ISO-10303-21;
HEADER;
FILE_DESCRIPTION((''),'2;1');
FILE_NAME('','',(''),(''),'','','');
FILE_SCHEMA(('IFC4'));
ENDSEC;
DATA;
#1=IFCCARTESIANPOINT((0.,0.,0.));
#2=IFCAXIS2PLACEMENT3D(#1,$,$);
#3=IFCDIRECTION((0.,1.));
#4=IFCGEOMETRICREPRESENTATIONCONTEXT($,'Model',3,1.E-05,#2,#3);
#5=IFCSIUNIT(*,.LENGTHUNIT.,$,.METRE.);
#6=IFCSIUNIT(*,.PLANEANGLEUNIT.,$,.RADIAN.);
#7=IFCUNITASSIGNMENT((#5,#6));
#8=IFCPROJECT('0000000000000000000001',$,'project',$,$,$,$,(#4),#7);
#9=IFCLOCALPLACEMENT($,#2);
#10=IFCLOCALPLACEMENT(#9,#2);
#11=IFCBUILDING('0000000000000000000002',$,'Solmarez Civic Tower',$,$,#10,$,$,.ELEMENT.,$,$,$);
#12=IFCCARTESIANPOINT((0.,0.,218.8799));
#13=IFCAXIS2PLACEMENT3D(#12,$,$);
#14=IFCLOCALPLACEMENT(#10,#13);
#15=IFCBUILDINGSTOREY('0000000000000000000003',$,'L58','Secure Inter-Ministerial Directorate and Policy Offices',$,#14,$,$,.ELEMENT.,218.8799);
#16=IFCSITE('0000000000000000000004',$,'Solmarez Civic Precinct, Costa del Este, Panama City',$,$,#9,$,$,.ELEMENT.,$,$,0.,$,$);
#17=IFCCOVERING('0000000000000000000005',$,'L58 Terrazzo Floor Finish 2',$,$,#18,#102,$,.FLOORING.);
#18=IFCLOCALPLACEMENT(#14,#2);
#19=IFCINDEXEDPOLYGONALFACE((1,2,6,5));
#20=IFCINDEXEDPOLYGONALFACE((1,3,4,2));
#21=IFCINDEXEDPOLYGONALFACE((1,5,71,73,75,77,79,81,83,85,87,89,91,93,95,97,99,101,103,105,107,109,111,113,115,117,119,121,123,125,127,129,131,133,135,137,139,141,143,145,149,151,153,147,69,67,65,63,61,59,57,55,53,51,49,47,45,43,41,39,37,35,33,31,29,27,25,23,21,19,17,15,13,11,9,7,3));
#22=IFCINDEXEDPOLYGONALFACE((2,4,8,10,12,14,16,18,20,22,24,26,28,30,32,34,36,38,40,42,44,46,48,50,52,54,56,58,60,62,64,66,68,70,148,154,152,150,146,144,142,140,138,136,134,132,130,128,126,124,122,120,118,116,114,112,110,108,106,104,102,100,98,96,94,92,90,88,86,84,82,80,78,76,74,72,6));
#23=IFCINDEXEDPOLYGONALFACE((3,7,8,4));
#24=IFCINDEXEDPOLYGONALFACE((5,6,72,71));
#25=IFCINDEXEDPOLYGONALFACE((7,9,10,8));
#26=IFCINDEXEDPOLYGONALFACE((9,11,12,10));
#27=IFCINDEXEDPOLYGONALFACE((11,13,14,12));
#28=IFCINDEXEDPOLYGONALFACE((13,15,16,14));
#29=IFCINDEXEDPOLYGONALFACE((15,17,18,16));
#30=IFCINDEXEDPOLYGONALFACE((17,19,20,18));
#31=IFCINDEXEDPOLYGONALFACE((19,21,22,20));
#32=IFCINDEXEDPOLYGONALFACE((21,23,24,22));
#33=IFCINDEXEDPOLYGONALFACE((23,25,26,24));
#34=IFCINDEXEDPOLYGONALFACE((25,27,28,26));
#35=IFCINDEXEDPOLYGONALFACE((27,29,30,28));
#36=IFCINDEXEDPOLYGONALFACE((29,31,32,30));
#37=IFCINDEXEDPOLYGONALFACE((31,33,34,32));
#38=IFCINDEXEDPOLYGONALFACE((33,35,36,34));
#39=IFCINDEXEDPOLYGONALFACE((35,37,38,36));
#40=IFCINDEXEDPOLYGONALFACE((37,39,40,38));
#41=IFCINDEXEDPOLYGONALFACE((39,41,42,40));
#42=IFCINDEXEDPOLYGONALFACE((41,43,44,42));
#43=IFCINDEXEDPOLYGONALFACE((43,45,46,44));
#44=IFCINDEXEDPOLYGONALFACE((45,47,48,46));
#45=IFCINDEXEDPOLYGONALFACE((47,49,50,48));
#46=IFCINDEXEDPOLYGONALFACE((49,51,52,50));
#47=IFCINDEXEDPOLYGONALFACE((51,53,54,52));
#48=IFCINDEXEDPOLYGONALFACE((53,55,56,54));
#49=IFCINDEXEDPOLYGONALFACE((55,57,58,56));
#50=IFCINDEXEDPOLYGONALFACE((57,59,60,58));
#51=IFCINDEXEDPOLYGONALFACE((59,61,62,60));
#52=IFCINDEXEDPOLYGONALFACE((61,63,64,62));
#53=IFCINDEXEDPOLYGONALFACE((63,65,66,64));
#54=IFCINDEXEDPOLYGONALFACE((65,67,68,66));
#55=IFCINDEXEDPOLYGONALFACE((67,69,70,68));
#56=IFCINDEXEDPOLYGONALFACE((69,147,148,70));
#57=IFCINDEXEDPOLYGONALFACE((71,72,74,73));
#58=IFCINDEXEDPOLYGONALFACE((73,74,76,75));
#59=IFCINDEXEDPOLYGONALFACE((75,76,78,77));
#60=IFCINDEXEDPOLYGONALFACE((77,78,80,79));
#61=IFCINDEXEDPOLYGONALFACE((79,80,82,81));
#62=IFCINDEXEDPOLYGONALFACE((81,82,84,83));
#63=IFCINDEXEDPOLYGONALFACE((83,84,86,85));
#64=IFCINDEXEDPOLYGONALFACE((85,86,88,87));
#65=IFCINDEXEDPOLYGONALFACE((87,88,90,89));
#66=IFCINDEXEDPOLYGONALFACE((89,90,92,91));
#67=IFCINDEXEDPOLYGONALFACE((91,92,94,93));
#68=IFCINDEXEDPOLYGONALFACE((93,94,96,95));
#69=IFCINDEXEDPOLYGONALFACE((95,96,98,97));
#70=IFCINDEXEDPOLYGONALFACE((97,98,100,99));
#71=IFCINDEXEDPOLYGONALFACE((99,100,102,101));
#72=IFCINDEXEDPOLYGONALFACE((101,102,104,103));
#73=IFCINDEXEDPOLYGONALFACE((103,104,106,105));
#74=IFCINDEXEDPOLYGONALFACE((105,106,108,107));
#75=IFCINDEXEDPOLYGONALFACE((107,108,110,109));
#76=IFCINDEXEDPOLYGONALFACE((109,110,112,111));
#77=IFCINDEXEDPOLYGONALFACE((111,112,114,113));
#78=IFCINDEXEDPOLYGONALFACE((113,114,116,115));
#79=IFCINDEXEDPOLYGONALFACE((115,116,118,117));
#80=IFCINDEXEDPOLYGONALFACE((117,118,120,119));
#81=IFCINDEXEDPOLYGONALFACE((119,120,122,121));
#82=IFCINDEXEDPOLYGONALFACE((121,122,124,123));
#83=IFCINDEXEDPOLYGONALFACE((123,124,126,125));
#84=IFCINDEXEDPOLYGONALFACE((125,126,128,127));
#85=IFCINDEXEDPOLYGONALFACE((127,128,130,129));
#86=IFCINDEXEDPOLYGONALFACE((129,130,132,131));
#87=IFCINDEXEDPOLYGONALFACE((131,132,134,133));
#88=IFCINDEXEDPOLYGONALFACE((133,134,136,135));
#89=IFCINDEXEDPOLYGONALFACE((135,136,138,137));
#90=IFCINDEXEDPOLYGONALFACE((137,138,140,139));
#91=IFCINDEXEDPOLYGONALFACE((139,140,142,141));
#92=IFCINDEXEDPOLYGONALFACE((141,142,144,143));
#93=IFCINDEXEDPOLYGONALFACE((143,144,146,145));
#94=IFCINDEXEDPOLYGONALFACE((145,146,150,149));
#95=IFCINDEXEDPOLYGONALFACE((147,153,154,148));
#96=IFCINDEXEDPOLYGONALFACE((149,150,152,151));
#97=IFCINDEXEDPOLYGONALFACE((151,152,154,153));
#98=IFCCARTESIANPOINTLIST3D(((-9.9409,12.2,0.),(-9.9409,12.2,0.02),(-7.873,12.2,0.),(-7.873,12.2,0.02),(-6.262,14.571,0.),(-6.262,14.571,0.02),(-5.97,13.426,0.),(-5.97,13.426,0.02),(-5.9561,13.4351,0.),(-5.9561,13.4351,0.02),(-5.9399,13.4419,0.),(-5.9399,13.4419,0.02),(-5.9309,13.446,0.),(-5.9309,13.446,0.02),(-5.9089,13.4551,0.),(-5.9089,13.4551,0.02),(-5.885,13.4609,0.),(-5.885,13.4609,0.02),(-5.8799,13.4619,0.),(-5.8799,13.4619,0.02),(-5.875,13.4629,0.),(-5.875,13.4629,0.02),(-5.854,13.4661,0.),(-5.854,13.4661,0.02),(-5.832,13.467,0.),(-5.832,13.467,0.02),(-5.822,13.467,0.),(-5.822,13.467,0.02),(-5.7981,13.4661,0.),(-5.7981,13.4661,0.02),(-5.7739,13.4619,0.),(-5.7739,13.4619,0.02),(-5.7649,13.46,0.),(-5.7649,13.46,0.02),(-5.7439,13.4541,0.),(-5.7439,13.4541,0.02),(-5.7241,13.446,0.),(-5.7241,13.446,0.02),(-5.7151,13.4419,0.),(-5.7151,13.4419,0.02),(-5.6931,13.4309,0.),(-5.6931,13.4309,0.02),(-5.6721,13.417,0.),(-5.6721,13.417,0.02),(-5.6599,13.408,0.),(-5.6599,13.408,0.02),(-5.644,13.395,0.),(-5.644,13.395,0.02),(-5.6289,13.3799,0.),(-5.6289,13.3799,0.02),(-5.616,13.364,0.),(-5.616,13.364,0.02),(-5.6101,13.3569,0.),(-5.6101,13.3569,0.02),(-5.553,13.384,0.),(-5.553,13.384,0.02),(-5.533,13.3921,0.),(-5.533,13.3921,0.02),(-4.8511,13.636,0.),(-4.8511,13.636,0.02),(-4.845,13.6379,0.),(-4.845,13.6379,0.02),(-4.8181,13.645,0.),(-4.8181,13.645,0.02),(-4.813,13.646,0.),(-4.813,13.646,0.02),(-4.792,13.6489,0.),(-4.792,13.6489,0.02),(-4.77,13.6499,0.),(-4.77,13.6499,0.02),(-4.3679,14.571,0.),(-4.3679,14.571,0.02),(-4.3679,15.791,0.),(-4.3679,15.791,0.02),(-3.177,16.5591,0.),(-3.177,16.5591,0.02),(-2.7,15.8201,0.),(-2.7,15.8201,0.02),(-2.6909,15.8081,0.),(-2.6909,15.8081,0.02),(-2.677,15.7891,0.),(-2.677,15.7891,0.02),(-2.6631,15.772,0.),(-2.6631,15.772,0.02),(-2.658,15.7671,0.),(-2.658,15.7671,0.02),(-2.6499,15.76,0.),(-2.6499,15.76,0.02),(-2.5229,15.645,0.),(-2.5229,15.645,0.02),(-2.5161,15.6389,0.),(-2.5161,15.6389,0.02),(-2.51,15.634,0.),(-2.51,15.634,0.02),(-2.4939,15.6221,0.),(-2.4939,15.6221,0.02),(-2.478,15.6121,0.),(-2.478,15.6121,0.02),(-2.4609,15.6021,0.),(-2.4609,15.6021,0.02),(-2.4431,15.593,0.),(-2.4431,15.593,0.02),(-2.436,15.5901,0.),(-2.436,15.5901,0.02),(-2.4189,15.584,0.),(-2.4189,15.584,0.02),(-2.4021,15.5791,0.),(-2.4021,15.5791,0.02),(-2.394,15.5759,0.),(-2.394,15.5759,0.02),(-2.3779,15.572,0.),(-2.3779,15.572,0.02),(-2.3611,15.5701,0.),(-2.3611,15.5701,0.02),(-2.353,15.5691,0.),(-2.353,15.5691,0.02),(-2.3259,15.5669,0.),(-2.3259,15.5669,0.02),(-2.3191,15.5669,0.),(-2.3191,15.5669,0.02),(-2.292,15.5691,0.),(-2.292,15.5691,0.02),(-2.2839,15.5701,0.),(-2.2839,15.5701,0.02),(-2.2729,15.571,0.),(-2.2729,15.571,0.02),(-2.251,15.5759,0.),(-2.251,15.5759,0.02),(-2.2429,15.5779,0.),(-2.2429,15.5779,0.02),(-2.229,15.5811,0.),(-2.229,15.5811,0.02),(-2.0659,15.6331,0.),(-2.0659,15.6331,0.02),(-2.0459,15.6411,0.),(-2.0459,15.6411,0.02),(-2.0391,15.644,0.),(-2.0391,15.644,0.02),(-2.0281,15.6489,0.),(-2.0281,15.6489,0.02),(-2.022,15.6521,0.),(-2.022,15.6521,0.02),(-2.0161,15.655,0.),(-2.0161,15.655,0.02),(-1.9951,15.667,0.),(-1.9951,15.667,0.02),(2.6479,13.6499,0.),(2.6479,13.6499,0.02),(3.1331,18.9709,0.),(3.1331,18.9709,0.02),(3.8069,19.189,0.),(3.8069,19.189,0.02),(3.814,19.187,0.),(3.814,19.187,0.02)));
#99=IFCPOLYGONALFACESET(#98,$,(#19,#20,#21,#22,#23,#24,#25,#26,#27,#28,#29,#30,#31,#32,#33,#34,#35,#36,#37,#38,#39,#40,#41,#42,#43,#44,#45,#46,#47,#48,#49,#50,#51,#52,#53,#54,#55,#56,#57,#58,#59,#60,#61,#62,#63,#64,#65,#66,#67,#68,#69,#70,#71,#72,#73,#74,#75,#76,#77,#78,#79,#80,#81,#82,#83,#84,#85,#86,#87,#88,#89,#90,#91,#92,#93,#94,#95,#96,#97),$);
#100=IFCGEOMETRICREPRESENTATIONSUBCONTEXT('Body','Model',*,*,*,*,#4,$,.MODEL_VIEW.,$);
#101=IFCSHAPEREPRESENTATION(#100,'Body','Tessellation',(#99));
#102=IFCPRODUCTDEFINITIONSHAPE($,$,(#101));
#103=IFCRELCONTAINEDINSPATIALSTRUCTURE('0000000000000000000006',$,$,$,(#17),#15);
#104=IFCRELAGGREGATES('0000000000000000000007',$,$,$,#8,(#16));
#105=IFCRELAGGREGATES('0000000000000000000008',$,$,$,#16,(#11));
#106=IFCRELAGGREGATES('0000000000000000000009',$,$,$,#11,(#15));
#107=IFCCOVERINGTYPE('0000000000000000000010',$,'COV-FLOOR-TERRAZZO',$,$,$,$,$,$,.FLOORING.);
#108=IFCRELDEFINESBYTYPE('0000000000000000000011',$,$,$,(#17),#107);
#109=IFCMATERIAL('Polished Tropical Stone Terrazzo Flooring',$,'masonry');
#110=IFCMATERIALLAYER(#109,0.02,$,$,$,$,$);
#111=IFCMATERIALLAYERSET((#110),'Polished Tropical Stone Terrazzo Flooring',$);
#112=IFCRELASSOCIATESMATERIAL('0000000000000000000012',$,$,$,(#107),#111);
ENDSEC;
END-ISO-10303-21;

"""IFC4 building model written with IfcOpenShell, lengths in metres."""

from ifc_helpers import new_model, si_unit, direction, frame, origin, place, context, subcontext, project, spatial, polyline, outline, extrude, material, layer, layer_set, type_object, element, save


model = new_model("IFC4")

# Units and contexts
model_context = context("Model", 3, precision=1e-05, world=origin(), true_north=direction((0.0, 1.0)))
body_context = subcontext(model_context, "Body", "Model", "MODEL_VIEW")
ifc_project = project(units=[si_unit("LENGTHUNIT", "METRE"), si_unit("PLANEANGLEUNIT", "RADIAN")], contexts=[model_context])

# Site, building, storey
site_placement = place(None, origin())
site = spatial("IfcSite", under=ifc_project, at=site_placement, Name="Solmarez Civic Precinct, Costa del Este, Panama City", CompositionType="ELEMENT", RefElevation=0.0)
building_placement = place(site_placement, origin())
building = spatial("IfcBuilding", under=site, at=building_placement, Name="Solmarez Civic Tower", CompositionType="ELEMENT")
storey_placement = place(building_placement, frame((0.0, 0.0, 218.8799)))
storey = spatial("IfcBuildingStorey", under=building, at=storey_placement, Name="L58", Description="Secure Inter-Ministerial Directorate and Policy Offices", CompositionType="ELEMENT", Elevation=218.8799)

# Covering
ifc_material_1 = material(Name="Polished Tropical Stone Terrazzo Flooring", Category="masonry")
ifc_layer_1 = layer(ifc_material_1, 0.02)
ifc_layer_set_1 = layer_set([ifc_layer_1], Name="Polished Tropical Stone Terrazzo Flooring")
covering_type_1 = type_object("IfcCoveringType", Name="COV-FLOOR-TERRAZZO", PredefinedType="FLOORING", material=ifc_layer_set_1)
covering_1_placement = place(storey_placement, origin())
element("IfcCovering", 1, at=covering_1_placement, inside=storey, type_object=covering_type_1, Name="L58 Terrazzo Floor Finish 2", PredefinedType="FLOORING", context=body_context, shape_type="SweptSolid", body=[
    extrude(outline(polyline([(-9.9409, 12.2), (-7.873, 12.2), (-5.97, 13.426), (-5.9561, 13.4351), (-5.9399, 13.4419), (-5.9309, 13.446), (-5.9089, 13.4551), (-5.885, 13.4609), (-5.8799, 13.4619), (-5.875, 13.4629), (-5.854, 13.4661), (-5.832, 13.467), (-5.822, 13.467), (-5.7981, 13.4661), (-5.7739, 13.4619), (-5.7649, 13.46), (-5.7439, 13.4541), (-5.7241, 13.446), (-5.7151, 13.4419), (-5.6931, 13.4309), (-5.6721, 13.417), (-5.6599, 13.408), (-5.644, 13.395), (-5.6289, 13.3799), (-5.616, 13.364), (-5.6101, 13.3569), (-5.553, 13.384), (-5.533, 13.3921), (-4.8511, 13.636), (-4.845, 13.6379), (-4.8181, 13.645), (-4.813, 13.646), (-4.792, 13.6489), (-4.77, 13.6499), (2.6479, 13.6499), (3.814, 19.187), (3.8069, 19.189), (3.1331, 18.9709), (-1.9951, 15.667), (-2.0161, 15.655), (-2.022, 15.6521), (-2.0281, 15.6489), (-2.0391, 15.644), (-2.0459, 15.6411), (-2.0659, 15.6331), (-2.229, 15.5811), (-2.2429, 15.5779), (-2.251, 15.5759), (-2.2729, 15.571), (-2.2839, 15.5701), (-2.292, 15.5691), (-2.3191, 15.5669), (-2.3259, 15.5669), (-2.353, 15.5691), (-2.3611, 15.5701), (-2.3779, 15.572), (-2.394, 15.5759), (-2.4021, 15.5791), (-2.4189, 15.584), (-2.436, 15.5901), (-2.4431, 15.593), (-2.4609, 15.6021), (-2.478, 15.6121), (-2.4939, 15.6221), (-2.51, 15.634), (-2.5161, 15.6389), (-2.5229, 15.645), (-2.6499, 15.76), (-2.658, 15.7671), (-2.6631, 15.772), (-2.677, 15.7891), (-2.6909, 15.8081), (-2.7, 15.8201), (-3.177, 16.5591), (-4.3679, 15.791), (-4.3679, 14.571), (-6.262, 14.571), (-9.9409, 12.2)])), origin(), (0.0, 0.0, 1.0), 0.02),
])

save(model, "model.ifc")
